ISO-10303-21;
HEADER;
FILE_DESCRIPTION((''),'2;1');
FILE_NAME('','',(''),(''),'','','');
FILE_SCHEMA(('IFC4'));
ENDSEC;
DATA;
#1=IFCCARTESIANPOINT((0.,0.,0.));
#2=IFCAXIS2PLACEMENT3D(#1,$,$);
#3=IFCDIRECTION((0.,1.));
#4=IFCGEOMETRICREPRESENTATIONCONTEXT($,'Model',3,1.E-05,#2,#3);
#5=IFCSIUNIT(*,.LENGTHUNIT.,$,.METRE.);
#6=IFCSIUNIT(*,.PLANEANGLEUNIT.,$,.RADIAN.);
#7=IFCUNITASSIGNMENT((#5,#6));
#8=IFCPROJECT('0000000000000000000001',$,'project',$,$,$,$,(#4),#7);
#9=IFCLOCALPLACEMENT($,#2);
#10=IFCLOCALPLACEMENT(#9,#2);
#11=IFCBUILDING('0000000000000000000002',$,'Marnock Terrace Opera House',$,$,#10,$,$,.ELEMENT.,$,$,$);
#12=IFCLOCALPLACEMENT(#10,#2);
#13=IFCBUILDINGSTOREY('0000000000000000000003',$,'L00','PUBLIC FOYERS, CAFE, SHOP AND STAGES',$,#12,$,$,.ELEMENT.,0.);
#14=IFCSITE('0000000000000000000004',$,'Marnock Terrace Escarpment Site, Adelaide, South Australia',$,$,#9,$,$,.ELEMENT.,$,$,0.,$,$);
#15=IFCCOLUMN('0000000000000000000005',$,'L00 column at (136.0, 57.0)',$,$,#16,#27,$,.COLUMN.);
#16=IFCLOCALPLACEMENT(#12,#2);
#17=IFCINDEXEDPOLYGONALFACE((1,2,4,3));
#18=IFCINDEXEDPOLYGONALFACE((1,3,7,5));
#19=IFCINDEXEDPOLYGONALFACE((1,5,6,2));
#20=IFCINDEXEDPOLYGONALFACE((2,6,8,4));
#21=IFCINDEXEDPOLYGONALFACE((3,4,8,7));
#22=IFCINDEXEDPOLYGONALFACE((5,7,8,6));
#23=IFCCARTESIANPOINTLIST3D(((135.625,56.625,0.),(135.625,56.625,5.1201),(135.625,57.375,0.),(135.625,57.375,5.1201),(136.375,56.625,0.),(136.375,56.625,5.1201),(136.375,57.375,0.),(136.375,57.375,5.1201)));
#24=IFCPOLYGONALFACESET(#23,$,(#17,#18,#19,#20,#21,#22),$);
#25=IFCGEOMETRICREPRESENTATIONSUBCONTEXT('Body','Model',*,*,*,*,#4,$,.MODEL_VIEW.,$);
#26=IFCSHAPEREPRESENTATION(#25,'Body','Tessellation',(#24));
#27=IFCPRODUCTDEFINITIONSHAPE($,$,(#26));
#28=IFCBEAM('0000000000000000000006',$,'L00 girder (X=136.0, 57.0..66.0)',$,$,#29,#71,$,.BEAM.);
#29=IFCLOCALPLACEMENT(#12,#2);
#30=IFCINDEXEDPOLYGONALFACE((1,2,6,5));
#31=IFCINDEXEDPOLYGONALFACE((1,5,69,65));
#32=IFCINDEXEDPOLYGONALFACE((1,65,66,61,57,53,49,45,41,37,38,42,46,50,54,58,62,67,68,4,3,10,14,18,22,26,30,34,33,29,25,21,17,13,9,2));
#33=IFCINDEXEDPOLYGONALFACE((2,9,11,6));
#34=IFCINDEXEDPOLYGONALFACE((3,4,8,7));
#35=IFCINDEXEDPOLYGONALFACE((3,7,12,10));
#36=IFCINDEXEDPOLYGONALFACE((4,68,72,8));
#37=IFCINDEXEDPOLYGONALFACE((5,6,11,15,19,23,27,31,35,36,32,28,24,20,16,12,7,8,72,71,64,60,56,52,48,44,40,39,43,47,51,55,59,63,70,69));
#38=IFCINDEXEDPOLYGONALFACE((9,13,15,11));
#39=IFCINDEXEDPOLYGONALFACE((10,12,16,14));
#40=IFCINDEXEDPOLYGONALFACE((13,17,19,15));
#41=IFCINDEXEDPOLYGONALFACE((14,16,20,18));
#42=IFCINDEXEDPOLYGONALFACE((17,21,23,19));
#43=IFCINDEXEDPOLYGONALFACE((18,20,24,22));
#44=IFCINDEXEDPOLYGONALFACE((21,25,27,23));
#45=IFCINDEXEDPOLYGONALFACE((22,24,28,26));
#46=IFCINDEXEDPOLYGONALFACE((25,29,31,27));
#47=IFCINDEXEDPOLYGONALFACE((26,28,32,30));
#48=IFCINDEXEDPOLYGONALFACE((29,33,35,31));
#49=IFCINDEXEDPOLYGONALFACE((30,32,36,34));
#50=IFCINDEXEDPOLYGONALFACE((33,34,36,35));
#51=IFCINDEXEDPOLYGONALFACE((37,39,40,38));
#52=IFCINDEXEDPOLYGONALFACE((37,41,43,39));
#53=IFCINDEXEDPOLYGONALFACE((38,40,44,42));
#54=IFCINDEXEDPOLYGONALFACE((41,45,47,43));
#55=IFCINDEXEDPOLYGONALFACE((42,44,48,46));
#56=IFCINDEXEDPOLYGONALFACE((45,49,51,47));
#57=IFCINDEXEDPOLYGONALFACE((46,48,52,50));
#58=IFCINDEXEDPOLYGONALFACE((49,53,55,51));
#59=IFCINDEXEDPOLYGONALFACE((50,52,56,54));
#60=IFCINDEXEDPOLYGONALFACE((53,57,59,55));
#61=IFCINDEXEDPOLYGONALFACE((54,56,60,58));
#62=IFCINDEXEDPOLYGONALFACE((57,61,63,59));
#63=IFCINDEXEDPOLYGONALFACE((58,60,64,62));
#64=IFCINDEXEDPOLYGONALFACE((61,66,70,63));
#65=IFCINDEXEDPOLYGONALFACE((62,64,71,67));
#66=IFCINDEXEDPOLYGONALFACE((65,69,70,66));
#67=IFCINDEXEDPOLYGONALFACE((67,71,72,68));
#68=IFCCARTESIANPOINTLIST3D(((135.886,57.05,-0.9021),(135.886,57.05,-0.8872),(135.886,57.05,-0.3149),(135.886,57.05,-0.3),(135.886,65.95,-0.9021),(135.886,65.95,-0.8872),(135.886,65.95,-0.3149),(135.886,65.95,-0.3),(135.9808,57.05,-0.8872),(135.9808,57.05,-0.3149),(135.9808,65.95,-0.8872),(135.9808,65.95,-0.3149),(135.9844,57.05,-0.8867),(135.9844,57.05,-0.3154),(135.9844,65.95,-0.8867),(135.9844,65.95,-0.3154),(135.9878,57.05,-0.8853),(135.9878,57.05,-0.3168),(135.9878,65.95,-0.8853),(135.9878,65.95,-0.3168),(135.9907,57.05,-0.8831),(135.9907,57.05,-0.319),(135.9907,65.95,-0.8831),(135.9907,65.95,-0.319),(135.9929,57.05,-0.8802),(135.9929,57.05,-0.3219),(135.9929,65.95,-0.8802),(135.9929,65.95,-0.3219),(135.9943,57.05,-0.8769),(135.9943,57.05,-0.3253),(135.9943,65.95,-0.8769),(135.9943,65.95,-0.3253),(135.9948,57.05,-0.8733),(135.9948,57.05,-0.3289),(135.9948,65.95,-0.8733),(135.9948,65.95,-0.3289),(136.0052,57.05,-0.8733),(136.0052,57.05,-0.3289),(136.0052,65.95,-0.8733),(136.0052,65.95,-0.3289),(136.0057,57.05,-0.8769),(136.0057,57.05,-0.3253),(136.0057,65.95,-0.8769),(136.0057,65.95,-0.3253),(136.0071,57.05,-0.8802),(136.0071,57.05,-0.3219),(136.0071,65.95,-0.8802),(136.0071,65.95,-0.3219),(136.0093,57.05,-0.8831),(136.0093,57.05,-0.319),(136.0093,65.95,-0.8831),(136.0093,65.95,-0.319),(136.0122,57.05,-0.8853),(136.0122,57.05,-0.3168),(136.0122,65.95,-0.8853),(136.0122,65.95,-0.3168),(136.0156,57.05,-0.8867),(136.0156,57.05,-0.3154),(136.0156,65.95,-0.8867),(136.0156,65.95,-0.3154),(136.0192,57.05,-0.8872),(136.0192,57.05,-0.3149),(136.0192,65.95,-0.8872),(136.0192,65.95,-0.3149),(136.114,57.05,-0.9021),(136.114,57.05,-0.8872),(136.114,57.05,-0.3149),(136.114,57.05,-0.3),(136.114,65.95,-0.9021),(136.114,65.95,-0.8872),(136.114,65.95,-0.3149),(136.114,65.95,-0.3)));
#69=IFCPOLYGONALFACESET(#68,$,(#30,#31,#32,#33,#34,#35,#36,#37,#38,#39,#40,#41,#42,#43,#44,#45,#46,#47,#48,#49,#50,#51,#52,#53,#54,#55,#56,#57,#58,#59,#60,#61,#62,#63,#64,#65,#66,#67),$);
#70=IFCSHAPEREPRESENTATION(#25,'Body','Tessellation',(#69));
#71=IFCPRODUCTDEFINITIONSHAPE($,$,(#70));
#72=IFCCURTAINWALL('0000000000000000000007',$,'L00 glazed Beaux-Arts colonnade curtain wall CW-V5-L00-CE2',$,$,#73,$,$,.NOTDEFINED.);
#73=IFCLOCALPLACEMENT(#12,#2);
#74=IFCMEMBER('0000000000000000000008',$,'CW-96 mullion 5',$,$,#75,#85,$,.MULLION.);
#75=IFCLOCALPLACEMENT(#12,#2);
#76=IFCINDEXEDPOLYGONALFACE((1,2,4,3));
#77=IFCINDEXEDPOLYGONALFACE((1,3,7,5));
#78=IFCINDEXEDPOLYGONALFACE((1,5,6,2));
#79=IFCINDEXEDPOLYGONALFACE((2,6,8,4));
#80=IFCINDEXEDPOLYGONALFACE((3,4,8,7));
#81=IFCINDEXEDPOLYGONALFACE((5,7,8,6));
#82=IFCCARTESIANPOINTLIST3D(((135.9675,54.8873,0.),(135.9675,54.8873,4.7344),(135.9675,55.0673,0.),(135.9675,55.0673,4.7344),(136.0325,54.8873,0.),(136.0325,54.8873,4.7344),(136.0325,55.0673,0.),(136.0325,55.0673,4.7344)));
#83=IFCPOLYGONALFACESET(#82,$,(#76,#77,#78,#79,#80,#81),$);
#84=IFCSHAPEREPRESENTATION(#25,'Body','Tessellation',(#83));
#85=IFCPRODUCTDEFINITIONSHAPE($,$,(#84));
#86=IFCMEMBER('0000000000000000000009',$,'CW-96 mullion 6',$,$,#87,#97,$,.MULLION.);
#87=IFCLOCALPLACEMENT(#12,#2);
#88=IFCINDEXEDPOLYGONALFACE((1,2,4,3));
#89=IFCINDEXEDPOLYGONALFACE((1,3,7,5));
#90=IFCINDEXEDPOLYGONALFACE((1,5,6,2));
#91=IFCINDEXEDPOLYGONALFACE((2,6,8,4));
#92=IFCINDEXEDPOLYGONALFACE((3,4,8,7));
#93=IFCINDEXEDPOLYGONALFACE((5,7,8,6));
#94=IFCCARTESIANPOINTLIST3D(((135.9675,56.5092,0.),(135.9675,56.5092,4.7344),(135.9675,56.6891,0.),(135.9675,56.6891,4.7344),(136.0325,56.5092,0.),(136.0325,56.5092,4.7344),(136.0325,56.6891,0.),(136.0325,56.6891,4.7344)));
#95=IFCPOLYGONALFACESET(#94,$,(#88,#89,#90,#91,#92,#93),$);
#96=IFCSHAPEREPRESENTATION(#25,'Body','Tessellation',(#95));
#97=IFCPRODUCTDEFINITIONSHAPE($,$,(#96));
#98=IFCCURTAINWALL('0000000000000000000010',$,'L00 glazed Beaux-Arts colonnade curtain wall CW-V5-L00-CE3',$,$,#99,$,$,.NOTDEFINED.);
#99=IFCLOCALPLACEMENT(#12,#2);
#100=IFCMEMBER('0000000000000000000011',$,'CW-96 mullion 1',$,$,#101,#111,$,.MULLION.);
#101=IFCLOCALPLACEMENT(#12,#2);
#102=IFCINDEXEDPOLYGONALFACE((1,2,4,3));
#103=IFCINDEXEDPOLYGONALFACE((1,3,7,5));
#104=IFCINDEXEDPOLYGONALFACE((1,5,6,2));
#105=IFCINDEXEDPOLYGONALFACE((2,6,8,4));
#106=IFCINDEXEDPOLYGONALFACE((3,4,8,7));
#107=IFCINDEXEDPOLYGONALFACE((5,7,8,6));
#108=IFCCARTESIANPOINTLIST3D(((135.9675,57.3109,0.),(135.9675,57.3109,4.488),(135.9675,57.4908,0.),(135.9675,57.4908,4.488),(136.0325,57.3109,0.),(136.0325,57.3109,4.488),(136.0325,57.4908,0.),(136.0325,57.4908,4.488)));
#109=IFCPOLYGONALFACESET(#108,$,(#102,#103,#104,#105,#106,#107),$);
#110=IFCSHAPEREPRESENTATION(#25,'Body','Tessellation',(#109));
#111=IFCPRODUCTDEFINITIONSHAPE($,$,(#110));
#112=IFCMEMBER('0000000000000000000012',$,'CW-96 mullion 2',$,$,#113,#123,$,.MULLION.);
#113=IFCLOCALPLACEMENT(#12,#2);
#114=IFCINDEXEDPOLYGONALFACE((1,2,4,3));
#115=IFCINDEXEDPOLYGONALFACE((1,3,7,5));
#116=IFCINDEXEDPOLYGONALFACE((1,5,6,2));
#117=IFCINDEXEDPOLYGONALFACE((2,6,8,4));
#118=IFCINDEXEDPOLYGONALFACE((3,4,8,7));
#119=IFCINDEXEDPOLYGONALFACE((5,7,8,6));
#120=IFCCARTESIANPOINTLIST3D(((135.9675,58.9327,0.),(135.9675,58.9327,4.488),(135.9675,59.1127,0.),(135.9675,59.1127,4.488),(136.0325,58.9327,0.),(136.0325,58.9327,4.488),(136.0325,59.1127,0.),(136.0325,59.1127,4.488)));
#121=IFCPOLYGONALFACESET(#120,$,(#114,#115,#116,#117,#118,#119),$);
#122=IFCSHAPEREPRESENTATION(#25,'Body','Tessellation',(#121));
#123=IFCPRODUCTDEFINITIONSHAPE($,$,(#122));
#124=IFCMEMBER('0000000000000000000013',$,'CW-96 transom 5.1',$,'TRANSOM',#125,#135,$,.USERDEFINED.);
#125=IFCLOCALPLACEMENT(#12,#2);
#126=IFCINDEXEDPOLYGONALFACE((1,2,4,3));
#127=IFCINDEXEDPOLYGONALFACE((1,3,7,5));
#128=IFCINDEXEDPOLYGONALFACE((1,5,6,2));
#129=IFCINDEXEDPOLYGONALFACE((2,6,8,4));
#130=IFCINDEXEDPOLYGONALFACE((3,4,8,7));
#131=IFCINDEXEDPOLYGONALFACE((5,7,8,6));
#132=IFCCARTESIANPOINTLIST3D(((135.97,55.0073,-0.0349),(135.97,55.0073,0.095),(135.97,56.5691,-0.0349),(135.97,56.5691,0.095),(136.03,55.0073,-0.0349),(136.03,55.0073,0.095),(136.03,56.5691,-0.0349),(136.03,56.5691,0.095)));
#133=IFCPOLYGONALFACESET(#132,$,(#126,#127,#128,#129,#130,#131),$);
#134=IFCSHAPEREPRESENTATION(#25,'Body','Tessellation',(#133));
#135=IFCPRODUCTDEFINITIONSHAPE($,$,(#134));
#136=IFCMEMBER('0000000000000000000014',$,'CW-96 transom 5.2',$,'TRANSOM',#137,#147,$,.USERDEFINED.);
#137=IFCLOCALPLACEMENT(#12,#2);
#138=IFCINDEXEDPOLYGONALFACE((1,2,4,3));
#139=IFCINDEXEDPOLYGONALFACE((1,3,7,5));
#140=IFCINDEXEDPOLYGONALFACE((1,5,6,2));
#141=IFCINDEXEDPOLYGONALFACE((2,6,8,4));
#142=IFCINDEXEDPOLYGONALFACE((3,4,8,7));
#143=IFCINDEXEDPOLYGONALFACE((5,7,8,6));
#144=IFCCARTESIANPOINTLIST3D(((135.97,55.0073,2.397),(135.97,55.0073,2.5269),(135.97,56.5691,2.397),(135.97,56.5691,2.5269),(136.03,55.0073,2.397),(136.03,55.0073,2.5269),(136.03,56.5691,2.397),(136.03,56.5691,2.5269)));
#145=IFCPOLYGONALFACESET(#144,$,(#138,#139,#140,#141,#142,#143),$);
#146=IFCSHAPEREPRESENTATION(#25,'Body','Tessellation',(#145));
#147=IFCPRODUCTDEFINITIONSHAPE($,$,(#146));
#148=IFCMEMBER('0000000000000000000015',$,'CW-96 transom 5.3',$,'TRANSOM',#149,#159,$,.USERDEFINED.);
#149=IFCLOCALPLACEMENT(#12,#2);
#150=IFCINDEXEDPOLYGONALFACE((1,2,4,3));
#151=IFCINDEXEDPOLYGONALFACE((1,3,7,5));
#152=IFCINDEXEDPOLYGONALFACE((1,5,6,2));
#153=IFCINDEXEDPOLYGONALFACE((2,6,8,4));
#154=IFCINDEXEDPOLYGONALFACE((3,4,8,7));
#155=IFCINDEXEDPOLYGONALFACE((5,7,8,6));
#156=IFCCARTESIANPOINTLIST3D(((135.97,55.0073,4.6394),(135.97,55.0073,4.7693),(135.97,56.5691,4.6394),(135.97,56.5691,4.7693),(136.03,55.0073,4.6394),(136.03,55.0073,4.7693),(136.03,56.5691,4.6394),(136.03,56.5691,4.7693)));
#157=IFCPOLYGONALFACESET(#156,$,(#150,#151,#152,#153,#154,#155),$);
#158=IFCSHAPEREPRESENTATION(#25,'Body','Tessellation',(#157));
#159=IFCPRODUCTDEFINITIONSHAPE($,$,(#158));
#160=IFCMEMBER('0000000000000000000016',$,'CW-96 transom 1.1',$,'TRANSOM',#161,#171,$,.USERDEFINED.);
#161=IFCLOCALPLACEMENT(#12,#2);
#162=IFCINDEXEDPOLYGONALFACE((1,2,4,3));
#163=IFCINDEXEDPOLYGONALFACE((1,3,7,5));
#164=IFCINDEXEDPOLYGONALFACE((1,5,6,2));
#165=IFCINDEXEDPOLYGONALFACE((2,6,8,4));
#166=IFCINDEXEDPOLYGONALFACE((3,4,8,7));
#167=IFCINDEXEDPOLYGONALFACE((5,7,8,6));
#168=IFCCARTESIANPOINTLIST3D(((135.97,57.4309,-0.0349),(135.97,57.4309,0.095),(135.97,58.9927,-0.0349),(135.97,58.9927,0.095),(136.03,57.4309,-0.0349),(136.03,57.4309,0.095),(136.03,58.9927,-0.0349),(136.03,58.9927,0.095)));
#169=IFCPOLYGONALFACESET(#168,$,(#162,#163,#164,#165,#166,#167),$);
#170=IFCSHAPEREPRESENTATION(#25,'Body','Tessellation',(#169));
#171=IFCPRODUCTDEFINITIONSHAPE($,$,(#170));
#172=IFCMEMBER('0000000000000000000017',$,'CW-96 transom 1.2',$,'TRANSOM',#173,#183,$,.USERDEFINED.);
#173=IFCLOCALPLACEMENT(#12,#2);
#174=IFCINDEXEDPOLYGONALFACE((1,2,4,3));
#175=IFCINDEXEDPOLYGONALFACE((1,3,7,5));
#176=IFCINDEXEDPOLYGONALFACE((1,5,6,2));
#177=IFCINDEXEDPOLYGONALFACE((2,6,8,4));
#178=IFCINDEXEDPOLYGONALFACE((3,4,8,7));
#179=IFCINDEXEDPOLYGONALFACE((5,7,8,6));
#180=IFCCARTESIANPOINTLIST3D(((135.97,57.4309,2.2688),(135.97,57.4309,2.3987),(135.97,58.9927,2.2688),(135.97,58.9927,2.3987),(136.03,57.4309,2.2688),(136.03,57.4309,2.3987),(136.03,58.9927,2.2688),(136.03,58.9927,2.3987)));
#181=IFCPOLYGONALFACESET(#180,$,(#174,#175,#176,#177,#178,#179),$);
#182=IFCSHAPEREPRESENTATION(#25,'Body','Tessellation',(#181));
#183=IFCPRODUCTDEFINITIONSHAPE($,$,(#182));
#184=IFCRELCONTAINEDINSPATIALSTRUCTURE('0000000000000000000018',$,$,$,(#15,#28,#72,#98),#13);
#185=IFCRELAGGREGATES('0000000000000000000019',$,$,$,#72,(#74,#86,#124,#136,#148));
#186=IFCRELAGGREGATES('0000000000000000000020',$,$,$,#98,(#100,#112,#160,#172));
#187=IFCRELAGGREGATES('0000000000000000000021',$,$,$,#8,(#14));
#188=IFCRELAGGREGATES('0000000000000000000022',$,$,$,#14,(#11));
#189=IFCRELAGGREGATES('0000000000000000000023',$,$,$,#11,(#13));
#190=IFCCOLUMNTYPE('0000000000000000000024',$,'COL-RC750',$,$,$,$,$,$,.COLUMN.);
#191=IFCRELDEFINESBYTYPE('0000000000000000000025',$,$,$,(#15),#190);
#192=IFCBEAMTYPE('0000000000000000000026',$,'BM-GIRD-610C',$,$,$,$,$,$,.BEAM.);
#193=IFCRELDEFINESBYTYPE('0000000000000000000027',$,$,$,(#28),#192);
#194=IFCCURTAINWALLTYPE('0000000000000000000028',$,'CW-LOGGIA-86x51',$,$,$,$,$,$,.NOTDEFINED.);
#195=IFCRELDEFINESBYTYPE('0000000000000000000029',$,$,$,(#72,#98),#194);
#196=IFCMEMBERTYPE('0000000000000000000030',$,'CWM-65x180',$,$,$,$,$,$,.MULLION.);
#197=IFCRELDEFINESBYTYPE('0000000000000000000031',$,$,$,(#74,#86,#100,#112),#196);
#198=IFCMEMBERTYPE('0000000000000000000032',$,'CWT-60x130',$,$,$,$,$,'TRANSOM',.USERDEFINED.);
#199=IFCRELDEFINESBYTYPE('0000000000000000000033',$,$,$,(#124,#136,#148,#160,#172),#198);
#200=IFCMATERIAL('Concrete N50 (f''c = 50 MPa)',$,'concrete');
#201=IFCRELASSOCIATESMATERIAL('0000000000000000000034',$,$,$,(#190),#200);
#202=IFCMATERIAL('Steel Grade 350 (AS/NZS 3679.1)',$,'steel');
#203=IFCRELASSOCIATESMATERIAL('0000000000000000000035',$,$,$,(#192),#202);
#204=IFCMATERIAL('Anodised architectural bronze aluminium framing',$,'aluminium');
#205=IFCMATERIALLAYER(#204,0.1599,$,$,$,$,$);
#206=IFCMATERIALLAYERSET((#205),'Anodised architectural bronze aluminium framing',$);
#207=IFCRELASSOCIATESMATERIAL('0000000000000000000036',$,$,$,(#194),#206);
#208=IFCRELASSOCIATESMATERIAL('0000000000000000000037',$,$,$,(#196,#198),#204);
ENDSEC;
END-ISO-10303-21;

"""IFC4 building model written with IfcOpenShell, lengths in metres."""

from ifc_helpers import new_model, si_unit, direction, frame, origin, origin_2d, place, context, subcontext, project, spatial, rectangle, i_section, extrude, material, layer, layer_set, material_profile, profile_set, type_object, element, aggregate, save


model = new_model("IFC4")

# Units and contexts
model_context = context("Model", 3, precision=1e-05, world=origin(), true_north=direction((0.0, 1.0)))
body_context = subcontext(model_context, "Body", "Model", "MODEL_VIEW")
ifc_project = project(units=[si_unit("LENGTHUNIT", "METRE"), si_unit("PLANEANGLEUNIT", "RADIAN")], contexts=[model_context])

# Site, building, storey
site_placement = place(None, origin())
site = spatial("IfcSite", under=ifc_project, at=site_placement, Name="Marnock Terrace Escarpment Site, Adelaide, South Australia", CompositionType="ELEMENT", RefElevation=0.0)
building_placement = place(site_placement, origin())
building = spatial("IfcBuilding", under=site, at=building_placement, Name="Marnock Terrace Opera House", CompositionType="ELEMENT")
storey_placement = place(building_placement, origin())
storey = spatial("IfcBuildingStorey", under=building, at=storey_placement, Name="L00", Description="PUBLIC FOYERS, CAFE, SHOP AND STAGES", CompositionType="ELEMENT", Elevation=0.0)

# Column
ifc_material_1 = material(Name="Concrete N50 (f'c = 50 MPa)", Category="concrete")
ifc_material_profile_1 = material_profile(ifc_material_1, rectangle(XDim=0.75, YDim=0.75, at=origin_2d()))
ifc_profile_set_1 = profile_set([ifc_material_profile_1], Name="Concrete N50 (f'c = 50 MPa)")
column_type = type_object("IfcColumnType", Name="COL-RC750", PredefinedType="COLUMN", material=ifc_profile_set_1)
column_placement = place(storey_placement, frame((136.0, 57.0, 0.0), z_axis=(0.0, 0.0, 1.0), x_axis=(1.0, 0.0, 0.0)))
element("IfcColumn", 1, at=column_placement, inside=storey, type_object=column_type, Name="L00 column at (136.0, 57.0)", PredefinedType="COLUMN", context=body_context, shape_type="SweptSolid", body=[
    extrude(rectangle(XDim=0.75, YDim=0.75, at=origin_2d()), origin(), (0.0, 0.0, 1.0), 5.1201),
])

# Beam
ifc_material_2 = material(Name="Steel Grade 350 (AS/NZS 3679.1)", Category="steel")
ifc_material_profile_2 = material_profile(ifc_material_2, i_section(OverallWidth=0.228, OverallDepth=0.6021, WebThickness=0.0105, FlangeThickness=0.0149, FilletRadius=0.0139, at=origin_2d()))
ifc_profile_set_2 = profile_set([ifc_material_profile_2], Name="Steel Grade 350 (AS/NZS 3679.1)")
beam_type = type_object("IfcBeamType", Name="BM-GIRD-610C", PredefinedType="BEAM", material=ifc_profile_set_2)
beam_placement = place(storey_placement, frame((136.0, 57.05, -0.6011), z_axis=(0.0, 1.0, 0.0), x_axis=(-1.0, 0.0, 0.0)))
element("IfcBeam", 2, at=beam_placement, inside=storey, type_object=beam_type, Name="L00 girder (X=136.0, 57.0..66.0)", PredefinedType="BEAM", context=body_context, shape_type="SweptSolid", body=[
    extrude(i_section(OverallWidth=0.228, OverallDepth=0.6021, WebThickness=0.0105, FlangeThickness=0.0149, FilletRadius=0.0139, at=origin_2d()), origin(), (0.0, 0.0, 1.0), 8.8999),
])

# Curtain walls, members
ifc_material_3 = material(Name="Anodised architectural bronze aluminium framing", Category="aluminium")
ifc_layer_1 = layer(ifc_material_3, 0.1599)
ifc_layer_set_1 = layer_set([ifc_layer_1], Name="Anodised architectural bronze aluminium framing")
curtain_wall_type = type_object("IfcCurtainWallType", Name="CW-LOGGIA-86x51", PredefinedType="NOTDEFINED", material=ifc_layer_set_1)
curtain_wall_1_placement = place(storey_placement, origin())
curtain_wall_1 = element("IfcCurtainWall", 3, at=curtain_wall_1_placement, inside=storey, type_object=curtain_wall_type, Name="L00 glazed Beaux-Arts colonnade curtain wall CW-V5-L00-CE2", PredefinedType="NOTDEFINED")
ifc_material_profile_3 = material_profile(ifc_material_3, rectangle(XDim=0.0649, YDim=0.1799, at=origin_2d()))
ifc_profile_set_3 = profile_set([ifc_material_profile_3], Name="Anodised architectural bronze aluminium framing")
member_type_1 = type_object("IfcMemberType", Name="CWM-65x180", PredefinedType="MULLION", material=ifc_profile_set_3)
member_1_placement = place(storey_placement, frame((136.0, 54.9773, 0.0), z_axis=(0.0, 0.0, 1.0), x_axis=(-1.0, 0.0, 0.0)))
member_1 = element("IfcMember", 4, at=member_1_placement, type_object=member_type_1, Name="CW-96 mullion 5", PredefinedType="MULLION", context=body_context, shape_type="SweptSolid", body=[
    extrude(rectangle(XDim=0.0649, YDim=0.1799, at=origin_2d()), origin(), (0.0, 0.0, 1.0), 4.7344),
])
member_2_placement = place(storey_placement, frame((136.0, 56.5991, 0.0), z_axis=(0.0, 0.0, 1.0), x_axis=(-1.0, 0.0, 0.0)))
member_2 = element("IfcMember", 5, at=member_2_placement, type_object=member_type_1, Name="CW-96 mullion 6", PredefinedType="MULLION", context=body_context, shape_type="SweptSolid", body=[
    extrude(rectangle(XDim=0.0649, YDim=0.1799, at=origin_2d()), origin(), (0.0, 0.0, 1.0), 4.7344),
])
curtain_wall_2_placement = place(storey_placement, origin())
curtain_wall_2 = element("IfcCurtainWall", 6, at=curtain_wall_2_placement, inside=storey, type_object=curtain_wall_type, Name="L00 glazed Beaux-Arts colonnade curtain wall CW-V5-L00-CE3", PredefinedType="NOTDEFINED")
member_3_placement = place(storey_placement, frame((136.0, 57.4009, 0.0), z_axis=(0.0, 0.0, 1.0), x_axis=(-1.0, 0.0, 0.0)))
member_3 = element("IfcMember", 7, at=member_3_placement, type_object=member_type_1, Name="CW-96 mullion 1", PredefinedType="MULLION", context=body_context, shape_type="SweptSolid", body=[
    extrude(rectangle(XDim=0.0649, YDim=0.1799, at=origin_2d()), origin(), (0.0, 0.0, 1.0), 4.488),
])
member_4_placement = place(storey_placement, frame((136.0, 59.0227, 0.0), z_axis=(0.0, 0.0, 1.0), x_axis=(-1.0, 0.0, 0.0)))
member_4 = element("IfcMember", 8, at=member_4_placement, type_object=member_type_1, Name="CW-96 mullion 2", PredefinedType="MULLION", context=body_context, shape_type="SweptSolid", body=[
    extrude(rectangle(XDim=0.0649, YDim=0.1799, at=origin_2d()), origin(), (0.0, 0.0, 1.0), 4.488),
])

# Members
ifc_material_profile_4 = material_profile(ifc_material_3, rectangle(XDim=0.0601, YDim=0.1299, at=origin_2d()))
ifc_profile_set_4 = profile_set([ifc_material_profile_4], Name="Anodised architectural bronze aluminium framing")
member_type_2 = type_object("IfcMemberType", Name="CWT-60x130", ElementType="TRANSOM", PredefinedType="USERDEFINED", material=ifc_profile_set_4)
member_5_placement = place(storey_placement, frame((136.0, 55.0073, 0.03), z_axis=(0.0, 1.0, 0.0), x_axis=(-1.0, 0.0, 0.0)))
member_5 = element("IfcMember", 9, at=member_5_placement, type_object=member_type_2, Name="CW-96 transom 5.1", ObjectType="TRANSOM", PredefinedType="USERDEFINED", context=body_context, shape_type="SweptSolid", body=[
    extrude(rectangle(XDim=0.0601, YDim=0.1299, at=origin_2d()), origin(), (0.0, 0.0, 1.0), 1.5618),
])
member_6_placement = place(storey_placement, frame((136.0, 55.0073, 2.4619), z_axis=(0.0, 1.0, 0.0), x_axis=(-1.0, 0.0, 0.0)))
member_6 = element("IfcMember", 10, at=member_6_placement, type_object=member_type_2, Name="CW-96 transom 5.2", ObjectType="TRANSOM", PredefinedType="USERDEFINED", context=body_context, shape_type="SweptSolid", body=[
    extrude(rectangle(XDim=0.0601, YDim=0.1299, at=origin_2d()), origin(), (0.0, 0.0, 1.0), 1.5618),
])
member_7_placement = place(storey_placement, frame((136.0, 55.0073, 4.7043), z_axis=(0.0, 1.0, 0.0), x_axis=(-1.0, 0.0, 0.0)))
member_7 = element("IfcMember", 11, at=member_7_placement, type_object=member_type_2, Name="CW-96 transom 5.3", ObjectType="TRANSOM", PredefinedType="USERDEFINED", context=body_context, shape_type="SweptSolid", body=[
    extrude(rectangle(XDim=0.0601, YDim=0.1299, at=origin_2d()), origin(), (0.0, 0.0, 1.0), 1.5618),
])
member_8_placement = place(storey_placement, frame((136.0, 57.4309, 0.03), z_axis=(0.0, 1.0, 0.0), x_axis=(-1.0, 0.0, 0.0)))
member_8 = element("IfcMember", 12, at=member_8_placement, type_object=member_type_2, Name="CW-96 transom 1.1", ObjectType="TRANSOM", PredefinedType="USERDEFINED", context=body_context, shape_type="SweptSolid", body=[
    extrude(rectangle(XDim=0.0601, YDim=0.1299, at=origin_2d()), origin(), (0.0, 0.0, 1.0), 1.5618),
])
member_9_placement = place(storey_placement, frame((136.0, 57.4309, 2.3337), z_axis=(0.0, 1.0, 0.0), x_axis=(-1.0, 0.0, 0.0)))
member_9 = element("IfcMember", 13, at=member_9_placement, type_object=member_type_2, Name="CW-96 transom 1.2", ObjectType="TRANSOM", PredefinedType="USERDEFINED", context=body_context, shape_type="SweptSolid", body=[
    extrude(rectangle(XDim=0.0601, YDim=0.1299, at=origin_2d()), origin(), (0.0, 0.0, 1.0), 1.5618),
])

aggregate(curtain_wall_1, [member_1, member_2, member_5, member_6, member_7])
aggregate(curtain_wall_2, [member_3, member_4, member_8, member_9])

save(model, "model.ifc")
